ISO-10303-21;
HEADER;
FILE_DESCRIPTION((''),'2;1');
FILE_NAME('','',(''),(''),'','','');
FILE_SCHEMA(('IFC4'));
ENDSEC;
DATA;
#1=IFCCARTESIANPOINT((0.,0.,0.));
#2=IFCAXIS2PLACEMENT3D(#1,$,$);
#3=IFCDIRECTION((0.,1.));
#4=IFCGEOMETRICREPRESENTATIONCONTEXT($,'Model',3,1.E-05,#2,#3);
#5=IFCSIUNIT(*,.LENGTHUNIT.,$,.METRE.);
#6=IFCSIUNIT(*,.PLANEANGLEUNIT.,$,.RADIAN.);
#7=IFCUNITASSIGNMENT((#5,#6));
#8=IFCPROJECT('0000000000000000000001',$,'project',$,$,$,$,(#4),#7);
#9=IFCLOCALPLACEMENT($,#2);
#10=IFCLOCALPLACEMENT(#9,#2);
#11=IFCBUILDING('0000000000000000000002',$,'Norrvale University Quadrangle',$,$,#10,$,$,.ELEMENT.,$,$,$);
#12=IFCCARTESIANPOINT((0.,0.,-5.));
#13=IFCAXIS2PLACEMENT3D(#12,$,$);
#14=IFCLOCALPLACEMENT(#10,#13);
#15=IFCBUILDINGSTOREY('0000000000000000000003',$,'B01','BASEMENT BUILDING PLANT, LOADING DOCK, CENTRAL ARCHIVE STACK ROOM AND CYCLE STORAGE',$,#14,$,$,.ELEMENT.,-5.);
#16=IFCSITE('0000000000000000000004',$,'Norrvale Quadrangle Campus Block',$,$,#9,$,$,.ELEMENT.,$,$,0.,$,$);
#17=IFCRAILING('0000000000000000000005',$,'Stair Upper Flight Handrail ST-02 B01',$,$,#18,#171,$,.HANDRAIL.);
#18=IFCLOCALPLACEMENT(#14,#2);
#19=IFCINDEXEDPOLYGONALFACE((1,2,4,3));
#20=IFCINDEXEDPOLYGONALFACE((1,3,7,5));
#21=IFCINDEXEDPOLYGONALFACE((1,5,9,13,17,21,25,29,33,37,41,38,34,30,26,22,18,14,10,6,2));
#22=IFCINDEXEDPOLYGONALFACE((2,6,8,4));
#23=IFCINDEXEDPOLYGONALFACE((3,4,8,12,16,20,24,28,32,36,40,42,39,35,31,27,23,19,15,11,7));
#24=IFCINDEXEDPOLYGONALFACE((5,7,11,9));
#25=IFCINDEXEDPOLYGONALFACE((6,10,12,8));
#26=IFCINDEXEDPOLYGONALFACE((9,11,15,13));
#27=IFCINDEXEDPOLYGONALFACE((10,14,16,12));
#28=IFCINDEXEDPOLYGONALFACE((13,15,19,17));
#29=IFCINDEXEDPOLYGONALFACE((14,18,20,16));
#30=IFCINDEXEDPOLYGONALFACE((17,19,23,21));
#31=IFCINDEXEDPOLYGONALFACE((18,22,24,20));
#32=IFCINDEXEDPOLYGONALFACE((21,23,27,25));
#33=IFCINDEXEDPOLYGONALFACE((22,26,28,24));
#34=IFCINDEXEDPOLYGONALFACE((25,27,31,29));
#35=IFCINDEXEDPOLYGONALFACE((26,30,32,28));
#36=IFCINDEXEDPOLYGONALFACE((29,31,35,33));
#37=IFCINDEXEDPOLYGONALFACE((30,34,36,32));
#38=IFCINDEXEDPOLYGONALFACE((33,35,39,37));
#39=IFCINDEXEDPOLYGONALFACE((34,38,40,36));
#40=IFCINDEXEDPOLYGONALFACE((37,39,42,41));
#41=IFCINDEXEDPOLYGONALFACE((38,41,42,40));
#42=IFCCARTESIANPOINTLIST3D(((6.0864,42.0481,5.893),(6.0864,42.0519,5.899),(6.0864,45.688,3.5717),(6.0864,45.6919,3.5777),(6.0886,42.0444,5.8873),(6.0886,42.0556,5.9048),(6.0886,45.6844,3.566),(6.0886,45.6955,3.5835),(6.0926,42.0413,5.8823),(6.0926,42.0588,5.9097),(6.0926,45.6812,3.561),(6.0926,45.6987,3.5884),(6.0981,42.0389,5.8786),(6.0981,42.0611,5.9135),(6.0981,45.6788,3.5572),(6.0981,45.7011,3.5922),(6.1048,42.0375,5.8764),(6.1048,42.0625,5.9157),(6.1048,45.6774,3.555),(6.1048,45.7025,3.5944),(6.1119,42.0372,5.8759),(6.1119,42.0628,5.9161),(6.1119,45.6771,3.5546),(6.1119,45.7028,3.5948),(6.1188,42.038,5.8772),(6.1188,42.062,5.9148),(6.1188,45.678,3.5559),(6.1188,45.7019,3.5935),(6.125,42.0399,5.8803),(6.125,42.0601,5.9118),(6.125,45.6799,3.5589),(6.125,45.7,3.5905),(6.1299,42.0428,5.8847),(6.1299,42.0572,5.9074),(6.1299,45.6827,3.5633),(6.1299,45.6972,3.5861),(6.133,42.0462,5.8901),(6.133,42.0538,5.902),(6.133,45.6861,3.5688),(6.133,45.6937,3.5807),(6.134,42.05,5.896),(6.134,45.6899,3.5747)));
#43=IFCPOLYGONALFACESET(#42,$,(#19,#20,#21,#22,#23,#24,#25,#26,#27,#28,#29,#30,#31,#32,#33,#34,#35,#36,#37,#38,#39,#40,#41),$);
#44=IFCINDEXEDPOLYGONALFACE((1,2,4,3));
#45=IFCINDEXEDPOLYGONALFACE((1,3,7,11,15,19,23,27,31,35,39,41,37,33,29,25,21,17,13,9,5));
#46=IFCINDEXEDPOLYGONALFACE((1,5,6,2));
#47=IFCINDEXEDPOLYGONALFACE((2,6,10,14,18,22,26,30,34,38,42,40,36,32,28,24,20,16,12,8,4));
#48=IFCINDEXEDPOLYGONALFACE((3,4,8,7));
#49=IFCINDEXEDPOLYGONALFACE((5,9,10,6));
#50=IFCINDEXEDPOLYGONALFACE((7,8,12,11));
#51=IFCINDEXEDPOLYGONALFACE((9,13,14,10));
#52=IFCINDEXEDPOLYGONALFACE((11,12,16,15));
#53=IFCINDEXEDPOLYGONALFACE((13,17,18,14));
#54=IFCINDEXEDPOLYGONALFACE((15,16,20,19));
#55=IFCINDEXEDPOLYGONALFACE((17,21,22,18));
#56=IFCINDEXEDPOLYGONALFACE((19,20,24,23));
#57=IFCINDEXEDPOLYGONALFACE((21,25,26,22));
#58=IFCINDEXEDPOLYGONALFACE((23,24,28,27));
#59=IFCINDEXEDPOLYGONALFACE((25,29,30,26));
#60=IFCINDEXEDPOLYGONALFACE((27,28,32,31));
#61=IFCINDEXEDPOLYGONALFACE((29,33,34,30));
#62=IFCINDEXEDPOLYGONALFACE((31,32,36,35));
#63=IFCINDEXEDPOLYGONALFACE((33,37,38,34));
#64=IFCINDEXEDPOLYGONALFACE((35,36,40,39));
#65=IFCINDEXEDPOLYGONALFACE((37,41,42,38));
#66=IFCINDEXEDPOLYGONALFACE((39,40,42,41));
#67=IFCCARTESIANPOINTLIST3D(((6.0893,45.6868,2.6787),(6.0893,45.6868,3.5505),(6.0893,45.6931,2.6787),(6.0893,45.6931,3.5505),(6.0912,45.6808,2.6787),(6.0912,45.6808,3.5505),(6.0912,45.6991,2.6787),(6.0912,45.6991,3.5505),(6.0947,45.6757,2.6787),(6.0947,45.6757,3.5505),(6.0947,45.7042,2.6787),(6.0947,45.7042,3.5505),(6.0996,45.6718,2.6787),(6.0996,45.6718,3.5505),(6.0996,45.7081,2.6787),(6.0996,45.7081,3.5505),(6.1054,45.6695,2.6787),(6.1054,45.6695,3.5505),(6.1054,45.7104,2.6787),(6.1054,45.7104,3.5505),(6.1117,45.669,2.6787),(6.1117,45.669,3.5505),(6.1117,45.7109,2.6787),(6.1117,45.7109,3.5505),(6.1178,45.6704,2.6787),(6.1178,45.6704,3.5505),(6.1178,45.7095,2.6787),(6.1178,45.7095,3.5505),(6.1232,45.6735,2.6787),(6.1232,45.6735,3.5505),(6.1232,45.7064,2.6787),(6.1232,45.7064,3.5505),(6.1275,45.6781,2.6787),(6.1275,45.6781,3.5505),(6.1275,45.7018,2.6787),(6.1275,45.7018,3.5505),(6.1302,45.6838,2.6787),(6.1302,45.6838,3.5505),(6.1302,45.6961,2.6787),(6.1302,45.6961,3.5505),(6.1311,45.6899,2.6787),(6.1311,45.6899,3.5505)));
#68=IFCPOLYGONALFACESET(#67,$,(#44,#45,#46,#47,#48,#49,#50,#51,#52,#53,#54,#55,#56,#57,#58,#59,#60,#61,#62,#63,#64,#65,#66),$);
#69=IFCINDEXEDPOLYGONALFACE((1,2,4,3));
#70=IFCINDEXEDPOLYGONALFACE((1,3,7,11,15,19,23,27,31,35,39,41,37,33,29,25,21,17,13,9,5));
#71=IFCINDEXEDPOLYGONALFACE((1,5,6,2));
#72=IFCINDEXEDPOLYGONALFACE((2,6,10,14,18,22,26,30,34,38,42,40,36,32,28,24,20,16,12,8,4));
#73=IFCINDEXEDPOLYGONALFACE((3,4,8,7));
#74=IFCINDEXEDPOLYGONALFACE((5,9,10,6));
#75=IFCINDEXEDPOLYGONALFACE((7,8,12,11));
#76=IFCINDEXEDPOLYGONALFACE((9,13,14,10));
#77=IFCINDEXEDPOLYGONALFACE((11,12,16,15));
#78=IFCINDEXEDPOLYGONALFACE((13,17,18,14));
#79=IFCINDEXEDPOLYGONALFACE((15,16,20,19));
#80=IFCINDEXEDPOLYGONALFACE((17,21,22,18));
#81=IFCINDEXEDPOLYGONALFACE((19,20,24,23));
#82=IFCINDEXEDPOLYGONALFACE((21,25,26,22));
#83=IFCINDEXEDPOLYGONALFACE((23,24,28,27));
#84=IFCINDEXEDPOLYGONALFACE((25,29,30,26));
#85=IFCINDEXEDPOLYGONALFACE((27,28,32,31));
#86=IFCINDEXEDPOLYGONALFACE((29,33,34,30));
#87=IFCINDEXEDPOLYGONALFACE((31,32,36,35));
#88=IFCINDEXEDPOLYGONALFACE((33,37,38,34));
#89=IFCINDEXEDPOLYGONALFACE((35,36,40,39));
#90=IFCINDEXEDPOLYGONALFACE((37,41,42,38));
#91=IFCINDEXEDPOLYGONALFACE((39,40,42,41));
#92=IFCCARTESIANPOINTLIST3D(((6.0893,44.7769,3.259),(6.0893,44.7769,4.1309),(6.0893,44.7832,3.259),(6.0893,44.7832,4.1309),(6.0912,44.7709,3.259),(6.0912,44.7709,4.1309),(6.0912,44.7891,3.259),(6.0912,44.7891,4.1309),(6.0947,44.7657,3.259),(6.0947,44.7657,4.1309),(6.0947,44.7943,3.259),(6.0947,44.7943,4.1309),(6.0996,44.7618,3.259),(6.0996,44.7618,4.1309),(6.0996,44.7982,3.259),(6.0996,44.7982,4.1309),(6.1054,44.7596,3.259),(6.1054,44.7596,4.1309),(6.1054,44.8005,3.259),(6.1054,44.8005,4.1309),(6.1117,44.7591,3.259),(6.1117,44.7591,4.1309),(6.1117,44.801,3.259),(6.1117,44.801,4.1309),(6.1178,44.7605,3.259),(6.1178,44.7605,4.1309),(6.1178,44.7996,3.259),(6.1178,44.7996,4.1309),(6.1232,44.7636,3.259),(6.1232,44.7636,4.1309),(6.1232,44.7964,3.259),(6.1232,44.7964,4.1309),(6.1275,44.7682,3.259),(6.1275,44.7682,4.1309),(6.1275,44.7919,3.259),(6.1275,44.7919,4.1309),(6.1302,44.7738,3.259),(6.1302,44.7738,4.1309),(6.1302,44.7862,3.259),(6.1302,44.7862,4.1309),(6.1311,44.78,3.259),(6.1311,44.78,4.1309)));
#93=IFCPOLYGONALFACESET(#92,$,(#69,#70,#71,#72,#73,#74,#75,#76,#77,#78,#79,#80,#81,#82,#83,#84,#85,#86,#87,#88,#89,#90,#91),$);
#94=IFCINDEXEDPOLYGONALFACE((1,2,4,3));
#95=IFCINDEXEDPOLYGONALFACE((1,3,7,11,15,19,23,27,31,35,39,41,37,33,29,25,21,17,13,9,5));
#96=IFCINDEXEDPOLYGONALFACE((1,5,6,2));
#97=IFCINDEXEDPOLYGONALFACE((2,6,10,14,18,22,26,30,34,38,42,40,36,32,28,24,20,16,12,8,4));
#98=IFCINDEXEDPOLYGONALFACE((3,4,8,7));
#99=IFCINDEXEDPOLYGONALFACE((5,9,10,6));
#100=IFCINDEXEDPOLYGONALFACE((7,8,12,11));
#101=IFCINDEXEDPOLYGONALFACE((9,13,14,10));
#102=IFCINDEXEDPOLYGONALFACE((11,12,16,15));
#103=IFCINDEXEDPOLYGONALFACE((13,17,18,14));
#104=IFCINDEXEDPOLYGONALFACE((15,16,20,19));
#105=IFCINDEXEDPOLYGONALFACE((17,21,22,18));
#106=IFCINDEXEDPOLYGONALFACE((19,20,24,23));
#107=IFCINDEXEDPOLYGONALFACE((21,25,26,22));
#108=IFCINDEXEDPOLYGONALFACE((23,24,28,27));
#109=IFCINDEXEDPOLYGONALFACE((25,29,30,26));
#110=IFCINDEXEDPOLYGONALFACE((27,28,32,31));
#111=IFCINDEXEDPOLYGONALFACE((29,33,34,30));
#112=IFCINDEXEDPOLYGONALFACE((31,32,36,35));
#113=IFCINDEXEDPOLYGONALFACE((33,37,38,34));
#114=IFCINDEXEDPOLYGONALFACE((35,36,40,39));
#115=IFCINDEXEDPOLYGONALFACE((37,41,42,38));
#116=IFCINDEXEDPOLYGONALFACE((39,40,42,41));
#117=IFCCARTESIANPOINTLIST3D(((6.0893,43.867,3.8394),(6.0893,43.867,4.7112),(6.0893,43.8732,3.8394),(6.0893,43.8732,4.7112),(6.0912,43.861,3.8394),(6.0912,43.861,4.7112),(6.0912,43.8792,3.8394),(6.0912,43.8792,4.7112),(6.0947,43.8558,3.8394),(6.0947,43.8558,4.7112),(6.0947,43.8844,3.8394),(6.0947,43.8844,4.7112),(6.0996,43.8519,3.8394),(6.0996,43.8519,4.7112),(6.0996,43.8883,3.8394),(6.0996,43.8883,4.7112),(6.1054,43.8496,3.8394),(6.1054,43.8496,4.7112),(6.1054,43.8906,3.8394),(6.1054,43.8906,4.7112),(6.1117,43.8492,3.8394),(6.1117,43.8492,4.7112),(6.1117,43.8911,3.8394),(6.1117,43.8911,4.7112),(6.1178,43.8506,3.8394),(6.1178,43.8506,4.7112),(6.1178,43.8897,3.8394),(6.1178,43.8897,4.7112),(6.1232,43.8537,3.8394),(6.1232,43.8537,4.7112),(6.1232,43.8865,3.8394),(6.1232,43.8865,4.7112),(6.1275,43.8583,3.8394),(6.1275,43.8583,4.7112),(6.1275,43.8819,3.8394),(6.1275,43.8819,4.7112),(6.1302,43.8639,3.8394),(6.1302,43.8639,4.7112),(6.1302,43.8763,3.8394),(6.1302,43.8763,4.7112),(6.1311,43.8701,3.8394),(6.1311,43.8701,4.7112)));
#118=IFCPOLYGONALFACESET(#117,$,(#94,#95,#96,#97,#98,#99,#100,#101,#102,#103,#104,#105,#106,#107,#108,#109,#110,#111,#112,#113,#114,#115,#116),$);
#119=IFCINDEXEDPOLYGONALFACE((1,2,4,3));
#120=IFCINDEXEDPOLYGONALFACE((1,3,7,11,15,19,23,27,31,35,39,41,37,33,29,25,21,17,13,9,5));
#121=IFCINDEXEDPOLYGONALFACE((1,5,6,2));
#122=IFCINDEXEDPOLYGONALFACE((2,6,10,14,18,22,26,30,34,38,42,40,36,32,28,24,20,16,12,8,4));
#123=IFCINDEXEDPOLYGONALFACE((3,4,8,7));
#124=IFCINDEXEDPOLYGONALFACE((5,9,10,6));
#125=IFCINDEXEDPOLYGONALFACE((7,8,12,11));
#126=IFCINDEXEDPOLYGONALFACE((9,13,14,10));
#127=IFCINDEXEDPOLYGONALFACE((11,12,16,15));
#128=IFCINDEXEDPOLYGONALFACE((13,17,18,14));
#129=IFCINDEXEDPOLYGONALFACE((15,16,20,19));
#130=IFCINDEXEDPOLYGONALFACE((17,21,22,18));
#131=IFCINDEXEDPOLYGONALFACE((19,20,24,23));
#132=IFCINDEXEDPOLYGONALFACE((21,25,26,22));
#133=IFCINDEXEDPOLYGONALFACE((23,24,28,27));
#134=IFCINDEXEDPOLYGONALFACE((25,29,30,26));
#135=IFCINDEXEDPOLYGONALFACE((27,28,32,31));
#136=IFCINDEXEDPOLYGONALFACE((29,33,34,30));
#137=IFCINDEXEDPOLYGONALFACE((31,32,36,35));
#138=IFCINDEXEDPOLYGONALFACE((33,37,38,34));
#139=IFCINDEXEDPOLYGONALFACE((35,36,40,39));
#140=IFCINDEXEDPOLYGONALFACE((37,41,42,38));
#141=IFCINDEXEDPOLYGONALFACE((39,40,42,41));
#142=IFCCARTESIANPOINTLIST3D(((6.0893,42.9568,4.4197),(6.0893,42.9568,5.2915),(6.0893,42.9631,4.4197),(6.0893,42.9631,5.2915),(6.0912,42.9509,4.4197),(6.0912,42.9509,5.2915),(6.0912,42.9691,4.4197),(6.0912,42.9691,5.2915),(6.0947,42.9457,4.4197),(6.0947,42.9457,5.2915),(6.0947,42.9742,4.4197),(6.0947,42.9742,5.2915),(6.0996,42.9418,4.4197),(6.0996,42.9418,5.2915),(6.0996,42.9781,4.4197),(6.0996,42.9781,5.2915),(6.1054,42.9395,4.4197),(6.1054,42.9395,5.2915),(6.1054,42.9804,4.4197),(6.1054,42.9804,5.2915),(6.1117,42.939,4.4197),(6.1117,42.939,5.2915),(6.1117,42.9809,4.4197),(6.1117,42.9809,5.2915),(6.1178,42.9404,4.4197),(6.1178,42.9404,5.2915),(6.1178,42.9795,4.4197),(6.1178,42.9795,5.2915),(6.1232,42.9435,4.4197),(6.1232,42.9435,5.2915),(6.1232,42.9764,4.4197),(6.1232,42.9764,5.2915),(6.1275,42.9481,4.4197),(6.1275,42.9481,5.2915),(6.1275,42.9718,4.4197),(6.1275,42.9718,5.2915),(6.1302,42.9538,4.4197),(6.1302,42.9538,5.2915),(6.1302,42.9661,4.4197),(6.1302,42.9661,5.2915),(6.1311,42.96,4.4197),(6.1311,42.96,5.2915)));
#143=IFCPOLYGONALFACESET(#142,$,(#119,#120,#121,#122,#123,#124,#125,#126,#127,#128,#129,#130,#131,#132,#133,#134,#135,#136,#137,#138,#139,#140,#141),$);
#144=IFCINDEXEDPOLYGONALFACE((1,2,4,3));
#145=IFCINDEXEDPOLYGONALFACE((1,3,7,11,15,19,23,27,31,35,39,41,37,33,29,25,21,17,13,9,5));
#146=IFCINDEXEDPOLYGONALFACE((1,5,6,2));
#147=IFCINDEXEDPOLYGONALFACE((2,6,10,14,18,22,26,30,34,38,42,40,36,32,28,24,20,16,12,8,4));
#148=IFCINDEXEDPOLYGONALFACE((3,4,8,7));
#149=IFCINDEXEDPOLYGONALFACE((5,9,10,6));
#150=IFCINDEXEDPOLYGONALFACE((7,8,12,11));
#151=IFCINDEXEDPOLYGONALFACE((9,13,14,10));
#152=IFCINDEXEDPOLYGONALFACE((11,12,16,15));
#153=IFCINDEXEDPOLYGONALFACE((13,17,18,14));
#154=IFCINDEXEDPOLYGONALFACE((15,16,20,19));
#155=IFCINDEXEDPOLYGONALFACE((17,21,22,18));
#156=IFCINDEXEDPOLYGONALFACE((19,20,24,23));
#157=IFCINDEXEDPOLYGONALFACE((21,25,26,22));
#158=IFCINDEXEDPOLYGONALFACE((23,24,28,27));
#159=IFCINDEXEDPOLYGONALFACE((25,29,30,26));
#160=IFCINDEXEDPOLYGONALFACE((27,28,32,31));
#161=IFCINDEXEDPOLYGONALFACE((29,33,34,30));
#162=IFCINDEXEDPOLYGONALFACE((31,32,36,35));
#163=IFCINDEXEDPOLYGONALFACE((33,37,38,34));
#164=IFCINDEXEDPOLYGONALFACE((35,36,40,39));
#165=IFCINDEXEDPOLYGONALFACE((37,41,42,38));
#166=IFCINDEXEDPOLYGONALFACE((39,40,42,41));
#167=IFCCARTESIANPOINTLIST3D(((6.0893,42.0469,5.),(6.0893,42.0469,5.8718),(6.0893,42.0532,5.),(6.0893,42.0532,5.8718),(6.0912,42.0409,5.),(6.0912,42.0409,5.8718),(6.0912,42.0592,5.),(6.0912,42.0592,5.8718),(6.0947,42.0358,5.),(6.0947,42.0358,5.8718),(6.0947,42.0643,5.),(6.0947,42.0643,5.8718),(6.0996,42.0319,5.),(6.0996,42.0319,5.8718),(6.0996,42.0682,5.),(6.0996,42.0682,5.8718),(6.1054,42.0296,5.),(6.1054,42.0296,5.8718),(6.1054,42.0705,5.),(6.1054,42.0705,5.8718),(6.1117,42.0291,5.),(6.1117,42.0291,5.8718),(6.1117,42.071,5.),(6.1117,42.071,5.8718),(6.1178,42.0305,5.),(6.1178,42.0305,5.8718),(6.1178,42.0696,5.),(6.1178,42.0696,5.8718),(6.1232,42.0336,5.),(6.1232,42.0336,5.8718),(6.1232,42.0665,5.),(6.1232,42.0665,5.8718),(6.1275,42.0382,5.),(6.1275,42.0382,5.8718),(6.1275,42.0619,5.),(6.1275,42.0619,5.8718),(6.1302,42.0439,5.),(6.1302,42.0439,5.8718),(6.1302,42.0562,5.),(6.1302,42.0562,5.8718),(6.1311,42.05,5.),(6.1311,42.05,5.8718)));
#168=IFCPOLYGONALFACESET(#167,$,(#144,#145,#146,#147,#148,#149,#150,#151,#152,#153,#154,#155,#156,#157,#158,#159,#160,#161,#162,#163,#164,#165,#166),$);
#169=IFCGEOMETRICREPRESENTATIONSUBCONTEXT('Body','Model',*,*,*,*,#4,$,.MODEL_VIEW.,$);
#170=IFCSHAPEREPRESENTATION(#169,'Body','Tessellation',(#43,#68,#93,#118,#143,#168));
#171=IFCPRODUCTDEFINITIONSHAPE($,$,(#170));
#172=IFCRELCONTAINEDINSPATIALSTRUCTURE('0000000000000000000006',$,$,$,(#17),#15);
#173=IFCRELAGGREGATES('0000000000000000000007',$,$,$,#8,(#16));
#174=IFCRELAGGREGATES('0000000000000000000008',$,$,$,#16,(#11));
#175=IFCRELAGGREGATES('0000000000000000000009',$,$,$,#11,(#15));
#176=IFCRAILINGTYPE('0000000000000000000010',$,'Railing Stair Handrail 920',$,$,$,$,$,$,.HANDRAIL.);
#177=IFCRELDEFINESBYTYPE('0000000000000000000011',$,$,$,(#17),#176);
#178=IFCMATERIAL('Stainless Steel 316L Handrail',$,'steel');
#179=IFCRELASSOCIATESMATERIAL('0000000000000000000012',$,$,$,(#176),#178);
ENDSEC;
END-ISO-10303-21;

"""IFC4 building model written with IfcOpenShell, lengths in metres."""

from ifc_helpers import new_model, si_unit, direction, frame, origin, origin_2d, place, context, subcontext, project, spatial, circle, extrude, material, type_object, element, save


model = new_model("IFC4")

# Units and contexts
model_context = context("Model", 3, precision=1e-05, world=origin(), true_north=direction((0.0, 1.0)))
body_context = subcontext(model_context, "Body", "Model", "MODEL_VIEW")
ifc_project = project(units=[si_unit("LENGTHUNIT", "METRE"), si_unit("PLANEANGLEUNIT", "RADIAN")], contexts=[model_context])

# Site, building, storey
site_placement = place(None, origin())
site = spatial("IfcSite", under=ifc_project, at=site_placement, Name="Norrvale Quadrangle Campus Block", CompositionType="ELEMENT", RefElevation=0.0)
building_placement = place(site_placement, origin())
building = spatial("IfcBuilding", under=site, at=building_placement, Name="Norrvale University Quadrangle", CompositionType="ELEMENT")
storey_placement = place(building_placement, frame((0.0, 0.0, -5.0)))
storey = spatial("IfcBuildingStorey", under=building, at=storey_placement, Name="B01", Description="BASEMENT BUILDING PLANT, LOADING DOCK, CENTRAL ARCHIVE STACK ROOM AND CYCLE STORAGE", CompositionType="ELEMENT", Elevation=-5.0)

# Railing
ifc_material_1 = material(Name="Stainless Steel 316L Handrail", Category="steel")
railing_type_1 = type_object("IfcRailingType", Name="Railing Stair Handrail 920", PredefinedType="HANDRAIL", material=ifc_material_1)
railing_1_placement = place(storey_placement, frame((6.1101, 45.6899, 2.6787)))
element("IfcRailing", 1, at=railing_1_placement, inside=storey, type_object=railing_type_1, Name="Stair Upper Flight Handrail ST-02 B01", PredefinedType="HANDRAIL", context=body_context, shape_type="SweptSolid", body=[
    extrude(circle(Radius=0.0239, at=origin_2d()), frame((0.0, 0.0, 0.896), z_axis=(0.0, -0.843137, 0.537699), x_axis=(1.0, 0.0, 0.0)), (0.0, 0.0, 1.0), 4.3171),
    extrude(circle(Radius=0.021, at=origin_2d()), origin(), (0.0, 0.0, 1.0), 0.8718),
    extrude(circle(Radius=0.021, at=origin_2d()), frame((0.0, -0.9099, 0.5803)), (0.0, 0.0, 1.0), 0.8718),
    extrude(circle(Radius=0.021, at=origin_2d()), frame((0.0, -1.8198, 1.1606)), (0.0, 0.0, 1.0), 0.8718),
    extrude(circle(Radius=0.021, at=origin_2d()), frame((0.0, -2.73, 1.741)), (0.0, 0.0, 1.0), 0.8718),
    extrude(circle(Radius=0.021, at=origin_2d()), frame((0.0, -3.6399, 2.3213)), (0.0, 0.0, 1.0), 0.8718),
])

save(model, "model.ifc")
